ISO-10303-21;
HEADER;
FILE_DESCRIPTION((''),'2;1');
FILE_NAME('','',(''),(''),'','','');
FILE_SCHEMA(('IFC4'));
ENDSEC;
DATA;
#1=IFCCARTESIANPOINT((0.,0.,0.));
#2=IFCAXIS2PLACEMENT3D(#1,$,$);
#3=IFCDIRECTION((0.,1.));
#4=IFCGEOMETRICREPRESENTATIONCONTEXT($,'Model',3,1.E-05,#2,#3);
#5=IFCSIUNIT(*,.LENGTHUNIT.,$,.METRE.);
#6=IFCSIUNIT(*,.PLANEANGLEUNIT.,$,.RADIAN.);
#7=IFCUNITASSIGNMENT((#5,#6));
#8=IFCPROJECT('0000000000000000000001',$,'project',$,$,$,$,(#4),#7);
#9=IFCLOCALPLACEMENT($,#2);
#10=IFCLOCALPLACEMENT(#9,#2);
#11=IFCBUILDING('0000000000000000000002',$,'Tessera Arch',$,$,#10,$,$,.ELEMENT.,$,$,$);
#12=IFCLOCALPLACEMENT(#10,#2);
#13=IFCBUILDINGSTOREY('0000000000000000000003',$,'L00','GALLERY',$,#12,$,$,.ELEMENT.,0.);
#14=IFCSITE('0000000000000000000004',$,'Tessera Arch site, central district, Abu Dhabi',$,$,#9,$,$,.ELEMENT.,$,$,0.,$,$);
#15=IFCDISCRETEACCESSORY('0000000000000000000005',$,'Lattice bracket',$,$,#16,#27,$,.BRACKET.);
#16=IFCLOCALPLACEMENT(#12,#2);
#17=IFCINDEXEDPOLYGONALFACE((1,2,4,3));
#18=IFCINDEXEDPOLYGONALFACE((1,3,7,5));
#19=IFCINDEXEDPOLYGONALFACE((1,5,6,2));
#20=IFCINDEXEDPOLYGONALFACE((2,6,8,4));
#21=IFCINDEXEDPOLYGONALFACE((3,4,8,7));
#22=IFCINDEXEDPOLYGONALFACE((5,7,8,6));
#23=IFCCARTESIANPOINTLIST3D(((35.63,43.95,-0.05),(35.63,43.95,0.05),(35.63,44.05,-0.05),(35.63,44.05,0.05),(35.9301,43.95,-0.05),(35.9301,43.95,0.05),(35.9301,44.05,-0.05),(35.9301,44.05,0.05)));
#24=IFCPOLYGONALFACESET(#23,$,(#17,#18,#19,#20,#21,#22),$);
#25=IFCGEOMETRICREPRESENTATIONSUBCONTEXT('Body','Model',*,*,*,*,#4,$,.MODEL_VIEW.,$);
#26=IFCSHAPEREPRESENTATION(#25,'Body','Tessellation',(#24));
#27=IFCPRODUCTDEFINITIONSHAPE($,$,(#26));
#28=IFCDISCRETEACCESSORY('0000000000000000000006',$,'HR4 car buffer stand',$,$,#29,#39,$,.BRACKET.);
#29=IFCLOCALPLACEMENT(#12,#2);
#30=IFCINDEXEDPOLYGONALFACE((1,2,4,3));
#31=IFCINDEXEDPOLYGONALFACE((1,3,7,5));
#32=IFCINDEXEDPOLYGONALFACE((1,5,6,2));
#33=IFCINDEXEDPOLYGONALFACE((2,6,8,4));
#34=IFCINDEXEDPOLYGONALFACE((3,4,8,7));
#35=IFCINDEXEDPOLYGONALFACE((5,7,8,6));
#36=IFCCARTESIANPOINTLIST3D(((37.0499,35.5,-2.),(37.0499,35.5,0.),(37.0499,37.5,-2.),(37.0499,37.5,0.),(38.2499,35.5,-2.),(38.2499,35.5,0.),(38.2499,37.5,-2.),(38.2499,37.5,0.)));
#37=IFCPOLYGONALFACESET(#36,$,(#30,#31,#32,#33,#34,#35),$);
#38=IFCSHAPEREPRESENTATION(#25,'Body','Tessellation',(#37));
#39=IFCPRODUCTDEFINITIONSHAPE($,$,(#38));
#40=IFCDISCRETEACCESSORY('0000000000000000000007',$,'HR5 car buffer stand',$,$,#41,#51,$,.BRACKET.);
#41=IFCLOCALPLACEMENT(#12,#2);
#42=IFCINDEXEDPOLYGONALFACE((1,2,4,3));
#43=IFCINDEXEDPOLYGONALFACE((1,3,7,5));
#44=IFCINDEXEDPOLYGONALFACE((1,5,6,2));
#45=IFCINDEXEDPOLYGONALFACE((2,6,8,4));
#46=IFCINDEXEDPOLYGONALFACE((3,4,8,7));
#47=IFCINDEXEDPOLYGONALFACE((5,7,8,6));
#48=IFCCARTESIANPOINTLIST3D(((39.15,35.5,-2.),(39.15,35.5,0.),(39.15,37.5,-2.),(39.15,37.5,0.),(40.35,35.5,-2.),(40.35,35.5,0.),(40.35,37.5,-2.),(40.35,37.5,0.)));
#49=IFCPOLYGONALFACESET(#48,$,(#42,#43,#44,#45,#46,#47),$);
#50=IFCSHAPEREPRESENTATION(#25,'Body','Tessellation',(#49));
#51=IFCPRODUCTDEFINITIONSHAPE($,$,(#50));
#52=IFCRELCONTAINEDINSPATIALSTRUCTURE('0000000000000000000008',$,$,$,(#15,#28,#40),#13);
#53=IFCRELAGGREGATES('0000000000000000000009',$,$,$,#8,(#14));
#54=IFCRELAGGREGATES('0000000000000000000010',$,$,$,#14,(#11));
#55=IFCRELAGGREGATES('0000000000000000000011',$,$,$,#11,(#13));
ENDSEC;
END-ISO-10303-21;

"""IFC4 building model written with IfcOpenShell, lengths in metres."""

from ifc_helpers import new_model, si_unit, direction, frame, origin, origin_2d, place, context, subcontext, project, spatial, rectangle, extrude, element, save


model = new_model("IFC4")

# Units and contexts
model_context = context("Model", 3, precision=1e-05, world=origin(), true_north=direction((0.0, 1.0)))
body_context = subcontext(model_context, "Body", "Model", "MODEL_VIEW")
ifc_project = project(units=[si_unit("LENGTHUNIT", "METRE"), si_unit("PLANEANGLEUNIT", "RADIAN")], contexts=[model_context])

# Site, building, storey
site_placement = place(None, origin())
site = spatial("IfcSite", under=ifc_project, at=site_placement, Name="Tessera Arch site, central district, Abu Dhabi", CompositionType="ELEMENT", RefElevation=0.0)
building_placement = place(site_placement, origin())
building = spatial("IfcBuilding", under=site, at=building_placement, Name="Tessera Arch", CompositionType="ELEMENT")
storey_placement = place(building_placement, origin())
storey = spatial("IfcBuildingStorey", under=building, at=storey_placement, Name="L00", Description="GALLERY", CompositionType="ELEMENT", Elevation=0.0)

# Discrete accessories
for number, where, z_axis, x_axis, name in (
    (1, (35.78, 44.0, -0.05), (0.0, 0.0, 1.0), (-1.0, 0.0, 0.0), "Lattice bracket"),
):
    element("IfcDiscreteAccessory", number, at=place(storey_placement, frame(where, z_axis=z_axis, x_axis=x_axis)), inside=storey, Name=name, PredefinedType="BRACKET", context=body_context, shape_type="SweptSolid", body=[
        extrude(rectangle(XDim=0.3, YDim=0.1001, at=origin_2d()), origin(), (0.0, 0.0, 1.0), 0.1001),
    ])
for number, where, z_axis, x_axis, name in (
    (2, (37.6499, 36.5, -2.0), (0.0, 0.0, 1.0), (1.0, 0.0, 0.0), "HR4 car buffer stand"),
    (3, (39.75, 36.5, -2.0), (0.0, 0.0, 1.0), (1.0, 0.0, 0.0), "HR5 car buffer stand"),
):
    element("IfcDiscreteAccessory", number, at=place(storey_placement, frame(where, z_axis=z_axis, x_axis=x_axis)), inside=storey, Name=name, PredefinedType="BRACKET", context=body_context, shape_type="SweptSolid", body=[
        extrude(rectangle(XDim=1.2, YDim=2.0, at=origin_2d()), origin(), (0.0, 0.0, 1.0), 2.0),
    ])

save(model, "model.ifc")
